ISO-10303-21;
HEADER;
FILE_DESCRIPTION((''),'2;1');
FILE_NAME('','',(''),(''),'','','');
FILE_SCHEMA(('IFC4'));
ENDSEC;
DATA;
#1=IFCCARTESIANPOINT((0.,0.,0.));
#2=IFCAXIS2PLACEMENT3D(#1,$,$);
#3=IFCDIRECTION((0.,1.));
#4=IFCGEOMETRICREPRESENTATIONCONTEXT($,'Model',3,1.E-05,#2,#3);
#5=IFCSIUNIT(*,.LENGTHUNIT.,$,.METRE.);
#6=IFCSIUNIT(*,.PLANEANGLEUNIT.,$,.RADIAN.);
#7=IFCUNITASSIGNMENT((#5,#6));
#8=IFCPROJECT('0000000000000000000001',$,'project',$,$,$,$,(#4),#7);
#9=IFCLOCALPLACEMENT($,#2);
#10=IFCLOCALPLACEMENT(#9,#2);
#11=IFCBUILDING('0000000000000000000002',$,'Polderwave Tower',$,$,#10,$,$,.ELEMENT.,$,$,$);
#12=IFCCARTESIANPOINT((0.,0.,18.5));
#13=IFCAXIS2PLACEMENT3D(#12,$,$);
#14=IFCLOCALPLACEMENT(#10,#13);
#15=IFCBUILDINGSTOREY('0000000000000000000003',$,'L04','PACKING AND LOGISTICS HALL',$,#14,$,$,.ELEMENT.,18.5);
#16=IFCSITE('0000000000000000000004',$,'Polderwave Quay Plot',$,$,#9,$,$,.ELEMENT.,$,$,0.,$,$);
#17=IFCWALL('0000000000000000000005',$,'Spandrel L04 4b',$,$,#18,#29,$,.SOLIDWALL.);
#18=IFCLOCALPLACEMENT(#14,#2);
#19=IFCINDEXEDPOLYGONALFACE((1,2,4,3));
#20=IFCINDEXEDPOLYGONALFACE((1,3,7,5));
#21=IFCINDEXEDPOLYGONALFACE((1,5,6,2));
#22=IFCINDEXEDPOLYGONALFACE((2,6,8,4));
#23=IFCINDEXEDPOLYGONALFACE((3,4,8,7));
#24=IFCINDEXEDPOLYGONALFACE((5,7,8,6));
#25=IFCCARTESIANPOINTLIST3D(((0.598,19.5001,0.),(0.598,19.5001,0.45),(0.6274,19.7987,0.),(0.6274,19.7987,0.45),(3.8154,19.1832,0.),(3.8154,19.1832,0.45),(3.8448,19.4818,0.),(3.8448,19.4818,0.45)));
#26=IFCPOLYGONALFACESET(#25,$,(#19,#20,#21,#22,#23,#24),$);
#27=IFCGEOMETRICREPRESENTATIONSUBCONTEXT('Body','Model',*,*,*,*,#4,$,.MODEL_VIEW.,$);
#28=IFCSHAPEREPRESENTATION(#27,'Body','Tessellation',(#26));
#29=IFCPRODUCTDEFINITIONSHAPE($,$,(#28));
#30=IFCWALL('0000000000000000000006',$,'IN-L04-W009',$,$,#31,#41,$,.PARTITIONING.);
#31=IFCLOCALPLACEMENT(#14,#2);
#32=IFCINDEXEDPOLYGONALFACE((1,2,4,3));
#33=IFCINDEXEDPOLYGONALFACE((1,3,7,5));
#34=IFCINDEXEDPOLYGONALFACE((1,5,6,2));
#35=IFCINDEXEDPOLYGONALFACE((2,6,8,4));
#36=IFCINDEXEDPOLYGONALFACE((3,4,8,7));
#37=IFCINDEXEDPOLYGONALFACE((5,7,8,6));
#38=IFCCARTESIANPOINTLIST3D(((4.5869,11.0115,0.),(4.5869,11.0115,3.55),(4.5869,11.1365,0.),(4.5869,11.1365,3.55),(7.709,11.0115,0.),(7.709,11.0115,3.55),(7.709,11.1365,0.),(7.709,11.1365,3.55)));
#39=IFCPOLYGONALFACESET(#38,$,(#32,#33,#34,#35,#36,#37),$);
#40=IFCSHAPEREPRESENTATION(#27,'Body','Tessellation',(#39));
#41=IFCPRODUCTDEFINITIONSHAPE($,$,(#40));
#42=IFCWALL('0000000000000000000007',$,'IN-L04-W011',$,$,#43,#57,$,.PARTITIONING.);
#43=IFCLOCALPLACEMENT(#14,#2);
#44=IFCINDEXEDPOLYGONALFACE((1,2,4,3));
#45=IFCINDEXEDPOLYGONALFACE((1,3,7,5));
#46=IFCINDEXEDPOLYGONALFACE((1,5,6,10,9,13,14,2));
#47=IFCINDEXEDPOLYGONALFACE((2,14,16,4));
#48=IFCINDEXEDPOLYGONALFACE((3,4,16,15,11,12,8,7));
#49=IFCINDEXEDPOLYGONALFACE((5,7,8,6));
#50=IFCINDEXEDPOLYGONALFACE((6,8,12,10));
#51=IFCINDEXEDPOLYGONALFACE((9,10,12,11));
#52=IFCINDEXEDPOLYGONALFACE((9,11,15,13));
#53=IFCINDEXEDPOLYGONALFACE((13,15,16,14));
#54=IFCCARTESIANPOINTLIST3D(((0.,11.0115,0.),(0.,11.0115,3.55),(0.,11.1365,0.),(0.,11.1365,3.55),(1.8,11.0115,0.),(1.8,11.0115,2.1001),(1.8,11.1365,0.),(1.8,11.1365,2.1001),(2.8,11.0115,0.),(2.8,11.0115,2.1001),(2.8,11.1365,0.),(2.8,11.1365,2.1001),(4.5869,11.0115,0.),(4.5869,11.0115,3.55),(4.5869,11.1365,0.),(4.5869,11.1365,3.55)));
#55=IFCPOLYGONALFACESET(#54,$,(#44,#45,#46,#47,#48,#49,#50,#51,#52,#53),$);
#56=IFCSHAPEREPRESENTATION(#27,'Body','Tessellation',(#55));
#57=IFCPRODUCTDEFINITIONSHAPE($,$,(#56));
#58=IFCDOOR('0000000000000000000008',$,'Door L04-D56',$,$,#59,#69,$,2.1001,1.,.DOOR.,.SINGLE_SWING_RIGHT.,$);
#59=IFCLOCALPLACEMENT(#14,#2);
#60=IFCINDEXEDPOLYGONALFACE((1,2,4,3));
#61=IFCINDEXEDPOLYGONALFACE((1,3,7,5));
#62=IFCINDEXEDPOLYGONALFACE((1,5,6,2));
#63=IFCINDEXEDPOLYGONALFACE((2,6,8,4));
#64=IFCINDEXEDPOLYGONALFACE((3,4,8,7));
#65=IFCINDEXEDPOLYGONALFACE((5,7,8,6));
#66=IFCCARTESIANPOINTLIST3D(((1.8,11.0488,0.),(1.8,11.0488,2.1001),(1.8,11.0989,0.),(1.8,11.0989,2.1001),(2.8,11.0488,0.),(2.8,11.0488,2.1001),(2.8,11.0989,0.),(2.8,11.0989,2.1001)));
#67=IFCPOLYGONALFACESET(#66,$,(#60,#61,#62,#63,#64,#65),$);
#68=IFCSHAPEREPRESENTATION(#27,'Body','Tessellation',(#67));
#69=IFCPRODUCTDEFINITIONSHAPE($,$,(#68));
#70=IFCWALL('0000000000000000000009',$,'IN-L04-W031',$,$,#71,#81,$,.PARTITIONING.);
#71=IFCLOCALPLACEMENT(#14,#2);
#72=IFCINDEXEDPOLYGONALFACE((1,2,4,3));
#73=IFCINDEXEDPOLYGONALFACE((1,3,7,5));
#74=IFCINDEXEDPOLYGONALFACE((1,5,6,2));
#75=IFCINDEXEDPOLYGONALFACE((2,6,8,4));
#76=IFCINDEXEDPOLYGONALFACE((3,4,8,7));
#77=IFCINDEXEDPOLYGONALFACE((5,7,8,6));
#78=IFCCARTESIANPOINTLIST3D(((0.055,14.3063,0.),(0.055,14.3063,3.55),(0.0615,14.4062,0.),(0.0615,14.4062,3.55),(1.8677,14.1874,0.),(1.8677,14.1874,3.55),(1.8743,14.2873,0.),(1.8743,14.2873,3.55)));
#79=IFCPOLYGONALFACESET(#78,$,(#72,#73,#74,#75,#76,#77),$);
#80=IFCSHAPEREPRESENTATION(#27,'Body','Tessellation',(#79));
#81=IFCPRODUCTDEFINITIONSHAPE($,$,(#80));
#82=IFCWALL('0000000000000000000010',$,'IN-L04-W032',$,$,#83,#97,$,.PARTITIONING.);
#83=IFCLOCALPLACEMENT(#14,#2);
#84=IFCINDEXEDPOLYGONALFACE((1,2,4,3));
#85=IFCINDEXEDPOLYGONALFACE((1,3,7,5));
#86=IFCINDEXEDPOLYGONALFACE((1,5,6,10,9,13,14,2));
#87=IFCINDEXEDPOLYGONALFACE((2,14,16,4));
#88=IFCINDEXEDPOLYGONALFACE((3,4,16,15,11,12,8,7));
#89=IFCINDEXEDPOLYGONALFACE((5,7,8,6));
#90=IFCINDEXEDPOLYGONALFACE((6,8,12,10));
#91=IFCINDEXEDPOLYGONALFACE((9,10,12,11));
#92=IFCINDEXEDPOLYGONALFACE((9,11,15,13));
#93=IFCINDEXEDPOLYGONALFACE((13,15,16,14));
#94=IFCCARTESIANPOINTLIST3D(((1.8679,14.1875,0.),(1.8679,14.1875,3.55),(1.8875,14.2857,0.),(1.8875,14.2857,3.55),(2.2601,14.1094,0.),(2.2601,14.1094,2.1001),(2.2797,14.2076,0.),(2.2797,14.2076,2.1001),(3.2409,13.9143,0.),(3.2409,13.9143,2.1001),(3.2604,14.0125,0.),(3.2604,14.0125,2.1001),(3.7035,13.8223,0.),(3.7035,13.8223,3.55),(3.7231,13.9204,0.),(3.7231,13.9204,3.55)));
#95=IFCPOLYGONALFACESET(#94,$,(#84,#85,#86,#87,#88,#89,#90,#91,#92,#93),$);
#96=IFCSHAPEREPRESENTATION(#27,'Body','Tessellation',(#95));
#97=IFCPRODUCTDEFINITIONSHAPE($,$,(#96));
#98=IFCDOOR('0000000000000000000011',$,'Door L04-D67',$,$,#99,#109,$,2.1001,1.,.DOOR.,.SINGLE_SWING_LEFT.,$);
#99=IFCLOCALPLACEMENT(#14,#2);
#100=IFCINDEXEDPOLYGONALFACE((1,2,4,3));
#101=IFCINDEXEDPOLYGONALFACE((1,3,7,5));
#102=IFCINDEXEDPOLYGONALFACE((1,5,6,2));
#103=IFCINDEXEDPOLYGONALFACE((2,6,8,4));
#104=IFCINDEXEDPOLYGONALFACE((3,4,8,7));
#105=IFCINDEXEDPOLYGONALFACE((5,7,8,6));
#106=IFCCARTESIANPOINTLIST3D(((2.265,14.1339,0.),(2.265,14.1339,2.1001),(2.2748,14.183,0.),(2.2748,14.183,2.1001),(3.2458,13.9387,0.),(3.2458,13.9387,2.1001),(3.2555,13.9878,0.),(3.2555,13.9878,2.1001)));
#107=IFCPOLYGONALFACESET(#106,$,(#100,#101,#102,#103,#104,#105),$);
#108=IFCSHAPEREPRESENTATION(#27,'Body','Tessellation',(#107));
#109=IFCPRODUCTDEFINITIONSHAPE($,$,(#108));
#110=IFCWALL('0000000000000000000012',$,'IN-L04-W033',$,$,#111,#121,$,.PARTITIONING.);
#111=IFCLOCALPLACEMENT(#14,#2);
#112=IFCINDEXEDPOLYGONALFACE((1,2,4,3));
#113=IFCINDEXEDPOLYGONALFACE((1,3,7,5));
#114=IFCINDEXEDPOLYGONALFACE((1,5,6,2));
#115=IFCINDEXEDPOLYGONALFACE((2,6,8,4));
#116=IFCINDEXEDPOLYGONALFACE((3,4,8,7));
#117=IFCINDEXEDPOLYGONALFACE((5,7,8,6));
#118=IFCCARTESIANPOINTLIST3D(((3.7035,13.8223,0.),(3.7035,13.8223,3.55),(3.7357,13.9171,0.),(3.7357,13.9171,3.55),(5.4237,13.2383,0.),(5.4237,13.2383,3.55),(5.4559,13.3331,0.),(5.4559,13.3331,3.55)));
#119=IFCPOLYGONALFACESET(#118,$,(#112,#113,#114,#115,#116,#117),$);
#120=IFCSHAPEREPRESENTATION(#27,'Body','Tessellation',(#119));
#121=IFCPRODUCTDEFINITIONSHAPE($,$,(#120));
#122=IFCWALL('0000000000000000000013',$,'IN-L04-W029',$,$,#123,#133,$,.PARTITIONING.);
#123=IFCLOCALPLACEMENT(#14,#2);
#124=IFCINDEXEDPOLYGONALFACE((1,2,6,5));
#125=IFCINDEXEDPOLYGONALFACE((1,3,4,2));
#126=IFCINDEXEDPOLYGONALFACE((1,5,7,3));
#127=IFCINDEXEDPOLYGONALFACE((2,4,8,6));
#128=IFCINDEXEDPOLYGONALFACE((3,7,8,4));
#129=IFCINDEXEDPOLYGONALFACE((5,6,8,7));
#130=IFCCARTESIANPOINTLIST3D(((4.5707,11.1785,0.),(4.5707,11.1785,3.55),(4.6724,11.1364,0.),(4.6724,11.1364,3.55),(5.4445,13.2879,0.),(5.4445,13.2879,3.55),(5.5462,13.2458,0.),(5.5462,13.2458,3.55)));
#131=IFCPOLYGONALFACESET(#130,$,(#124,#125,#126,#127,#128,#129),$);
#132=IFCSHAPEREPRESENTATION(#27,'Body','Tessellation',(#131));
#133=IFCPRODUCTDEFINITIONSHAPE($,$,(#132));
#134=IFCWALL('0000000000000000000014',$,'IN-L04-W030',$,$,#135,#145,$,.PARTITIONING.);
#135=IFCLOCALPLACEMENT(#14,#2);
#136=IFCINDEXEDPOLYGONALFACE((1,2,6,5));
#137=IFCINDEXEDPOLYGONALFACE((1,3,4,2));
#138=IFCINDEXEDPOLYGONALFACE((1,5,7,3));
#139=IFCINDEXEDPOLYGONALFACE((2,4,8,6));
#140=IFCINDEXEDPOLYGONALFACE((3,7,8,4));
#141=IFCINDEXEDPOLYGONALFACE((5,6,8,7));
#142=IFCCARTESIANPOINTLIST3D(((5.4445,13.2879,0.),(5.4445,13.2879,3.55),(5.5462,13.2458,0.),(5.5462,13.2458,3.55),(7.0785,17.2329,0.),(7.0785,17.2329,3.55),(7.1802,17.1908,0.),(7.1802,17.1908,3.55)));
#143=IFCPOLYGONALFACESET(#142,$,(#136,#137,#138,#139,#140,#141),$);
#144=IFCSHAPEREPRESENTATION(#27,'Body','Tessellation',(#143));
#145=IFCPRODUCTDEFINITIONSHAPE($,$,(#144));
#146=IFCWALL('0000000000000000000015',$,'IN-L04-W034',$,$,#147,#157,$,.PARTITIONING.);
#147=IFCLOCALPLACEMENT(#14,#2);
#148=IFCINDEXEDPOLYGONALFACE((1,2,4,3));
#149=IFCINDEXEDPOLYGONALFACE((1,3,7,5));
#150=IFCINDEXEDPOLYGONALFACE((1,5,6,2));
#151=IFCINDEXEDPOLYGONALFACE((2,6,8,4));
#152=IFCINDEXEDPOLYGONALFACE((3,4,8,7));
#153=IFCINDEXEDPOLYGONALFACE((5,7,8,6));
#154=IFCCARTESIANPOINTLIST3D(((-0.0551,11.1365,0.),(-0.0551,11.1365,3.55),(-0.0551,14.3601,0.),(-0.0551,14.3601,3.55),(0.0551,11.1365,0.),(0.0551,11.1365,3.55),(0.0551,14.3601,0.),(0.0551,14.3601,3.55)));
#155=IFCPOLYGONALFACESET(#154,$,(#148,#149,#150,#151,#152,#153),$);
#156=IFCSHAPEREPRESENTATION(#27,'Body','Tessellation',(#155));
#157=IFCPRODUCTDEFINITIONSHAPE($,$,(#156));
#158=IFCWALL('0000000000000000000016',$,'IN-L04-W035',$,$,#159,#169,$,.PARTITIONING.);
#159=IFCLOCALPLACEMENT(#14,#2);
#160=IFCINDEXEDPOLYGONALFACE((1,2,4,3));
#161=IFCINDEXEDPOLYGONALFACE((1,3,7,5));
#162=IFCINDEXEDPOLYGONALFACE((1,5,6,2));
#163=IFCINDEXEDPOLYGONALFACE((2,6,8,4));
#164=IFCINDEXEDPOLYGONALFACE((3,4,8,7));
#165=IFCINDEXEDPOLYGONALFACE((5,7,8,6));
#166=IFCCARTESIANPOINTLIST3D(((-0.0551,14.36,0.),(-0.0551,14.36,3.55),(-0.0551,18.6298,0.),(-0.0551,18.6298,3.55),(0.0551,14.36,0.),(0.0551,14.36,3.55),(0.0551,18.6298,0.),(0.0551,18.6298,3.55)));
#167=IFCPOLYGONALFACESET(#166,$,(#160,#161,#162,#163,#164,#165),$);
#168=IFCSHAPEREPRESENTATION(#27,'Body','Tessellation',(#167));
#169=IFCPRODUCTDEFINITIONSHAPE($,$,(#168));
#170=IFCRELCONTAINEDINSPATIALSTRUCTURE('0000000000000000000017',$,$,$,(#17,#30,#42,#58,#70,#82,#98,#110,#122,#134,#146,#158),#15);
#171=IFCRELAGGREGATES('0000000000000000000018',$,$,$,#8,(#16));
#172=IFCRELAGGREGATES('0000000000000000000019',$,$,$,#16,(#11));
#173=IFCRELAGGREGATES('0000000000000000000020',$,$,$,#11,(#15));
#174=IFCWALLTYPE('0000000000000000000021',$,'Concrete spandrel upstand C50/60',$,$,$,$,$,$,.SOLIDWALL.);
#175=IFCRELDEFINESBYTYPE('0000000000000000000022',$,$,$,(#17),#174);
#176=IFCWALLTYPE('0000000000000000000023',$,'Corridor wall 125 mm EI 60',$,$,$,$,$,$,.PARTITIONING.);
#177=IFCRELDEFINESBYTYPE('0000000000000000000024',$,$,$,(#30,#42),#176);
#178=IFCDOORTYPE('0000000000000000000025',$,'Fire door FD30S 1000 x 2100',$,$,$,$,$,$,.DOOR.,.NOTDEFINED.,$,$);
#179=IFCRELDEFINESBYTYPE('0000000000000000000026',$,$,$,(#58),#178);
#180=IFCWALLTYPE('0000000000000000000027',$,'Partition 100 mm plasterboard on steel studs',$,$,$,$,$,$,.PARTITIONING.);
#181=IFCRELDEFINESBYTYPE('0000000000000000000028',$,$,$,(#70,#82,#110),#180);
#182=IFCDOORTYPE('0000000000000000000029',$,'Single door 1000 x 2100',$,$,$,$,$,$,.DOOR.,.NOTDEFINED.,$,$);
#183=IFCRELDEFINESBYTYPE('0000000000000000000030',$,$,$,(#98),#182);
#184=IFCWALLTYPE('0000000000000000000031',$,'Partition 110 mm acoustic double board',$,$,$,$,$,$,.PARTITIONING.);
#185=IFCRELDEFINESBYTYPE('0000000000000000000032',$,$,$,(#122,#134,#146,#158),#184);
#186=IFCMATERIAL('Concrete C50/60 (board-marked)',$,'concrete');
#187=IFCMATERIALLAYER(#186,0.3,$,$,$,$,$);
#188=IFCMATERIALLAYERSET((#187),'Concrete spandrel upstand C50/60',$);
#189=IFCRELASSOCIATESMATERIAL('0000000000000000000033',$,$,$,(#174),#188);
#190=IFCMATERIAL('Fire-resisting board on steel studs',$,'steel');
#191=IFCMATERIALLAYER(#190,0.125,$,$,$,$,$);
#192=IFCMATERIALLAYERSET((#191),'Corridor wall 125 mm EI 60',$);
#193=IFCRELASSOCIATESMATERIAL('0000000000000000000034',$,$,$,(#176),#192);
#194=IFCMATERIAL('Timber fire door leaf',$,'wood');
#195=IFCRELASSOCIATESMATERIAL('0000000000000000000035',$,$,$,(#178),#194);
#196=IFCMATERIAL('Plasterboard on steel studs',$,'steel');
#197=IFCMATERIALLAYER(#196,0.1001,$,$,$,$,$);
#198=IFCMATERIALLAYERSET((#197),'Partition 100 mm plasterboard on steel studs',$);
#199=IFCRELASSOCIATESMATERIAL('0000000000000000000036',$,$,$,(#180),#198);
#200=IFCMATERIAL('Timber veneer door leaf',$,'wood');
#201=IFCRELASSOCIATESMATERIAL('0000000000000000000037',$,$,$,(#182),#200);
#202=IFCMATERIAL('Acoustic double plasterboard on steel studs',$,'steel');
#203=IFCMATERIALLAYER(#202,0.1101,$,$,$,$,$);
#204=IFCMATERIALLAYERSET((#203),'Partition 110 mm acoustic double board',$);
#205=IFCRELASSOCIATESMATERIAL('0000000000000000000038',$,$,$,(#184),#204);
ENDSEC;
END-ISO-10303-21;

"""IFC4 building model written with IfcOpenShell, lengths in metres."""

from ifc_helpers import new_model, si_unit, direction, frame, frame_2d, origin, place, context, subcontext, project, spatial, rectangle, extrude, material, layer, layer_set, type_object, element, fill, save


model = new_model("IFC4")

# Units and contexts
model_context = context("Model", 3, precision=1e-05, world=origin(), true_north=direction((0.0, 1.0)))
body_context = subcontext(model_context, "Body", "Model", "MODEL_VIEW")
ifc_project = project(units=[si_unit("LENGTHUNIT", "METRE"), si_unit("PLANEANGLEUNIT", "RADIAN")], contexts=[model_context])

# Site, building, storey
site_placement = place(None, origin())
site = spatial("IfcSite", under=ifc_project, at=site_placement, Name="Polderwave Quay Plot", CompositionType="ELEMENT", RefElevation=0.0)
building_placement = place(site_placement, origin())
building = spatial("IfcBuilding", under=site, at=building_placement, Name="Polderwave Tower", CompositionType="ELEMENT")
storey_placement = place(building_placement, frame((0.0, 0.0, 18.5)))
storey = spatial("IfcBuildingStorey", under=building, at=storey_placement, Name="L04", Description="PACKING AND LOGISTICS HALL", CompositionType="ELEMENT", Elevation=18.5)

# Walls
ifc_material_1 = material(Name="Concrete C50/60 (board-marked)", Category="concrete")
ifc_layer_1 = layer(ifc_material_1, 0.3)
ifc_layer_set_1 = layer_set([ifc_layer_1], Name="Concrete spandrel upstand C50/60")
wall_type_1 = type_object("IfcWallType", Name="Concrete spandrel upstand C50/60", PredefinedType="SOLIDWALL", material=ifc_layer_set_1)
wall_1_placement = place(storey_placement, frame((3.8301, 19.3325, 0.0), z_axis=(0.0, 0.0, 1.0), x_axis=(-0.995184, 0.098023, 0.0)))
element("IfcWall", 1, at=wall_1_placement, inside=storey, type_object=wall_type_1, Name="Spandrel L04 4b", PredefinedType="SOLIDWALL", context=body_context, shape_type="SweptSolid", body=[
    extrude(rectangle(XDim=3.2329, YDim=0.3, at=frame_2d((1.6165, 0.0))), origin(), (0.0, 0.0, 1.0), 0.45),
])
ifc_material_2 = material(Name="Fire-resisting board on steel studs", Category="steel")
ifc_layer_2 = layer(ifc_material_2, 0.125)
ifc_layer_set_2 = layer_set([ifc_layer_2], Name="Corridor wall 125 mm EI 60")
wall_type_2 = type_object("IfcWallType", Name="Corridor wall 125 mm EI 60", PredefinedType="PARTITIONING", material=ifc_layer_set_2)
wall_2_placement = place(storey_placement, frame((4.5869, 11.074, 0.0), z_axis=(0.0, 0.0, 1.0), x_axis=(1.0, 0.0, 0.0)))
element("IfcWall", 2, at=wall_2_placement, inside=storey, type_object=wall_type_2, Name="IN-L04-W009", PredefinedType="PARTITIONING", context=body_context, shape_type="SweptSolid", body=[
    extrude(rectangle(XDim=3.1221, YDim=0.125, at=frame_2d((1.561, 0.0))), origin(), (0.0, 0.0, 1.0), 3.55),
])

# Wall, opening, door
wall_3_placement = place(storey_placement, frame((0.0, 11.074, 0.0), z_axis=(0.0, 0.0, 1.0), x_axis=(1.0, 0.0, 0.0)))
wall_3 = element("IfcWall", 3, at=wall_3_placement, inside=storey, type_object=wall_type_2, Name="IN-L04-W011", PredefinedType="PARTITIONING", context=body_context, shape_type="SweptSolid", body=[
    extrude(rectangle(XDim=4.5869, YDim=0.125, at=frame_2d((2.2935, 0.0))), origin(), (0.0, 0.0, 1.0), 3.55),
])
opening_1_placement = place(wall_3_placement, frame((1.8, 0.0, 0.0)))
opening_1 = element("IfcOpeningElement", 4, at=opening_1_placement, cuts=wall_3, PredefinedType="OPENING", context=body_context, shape_type="SweptSolid", body=[
    extrude(rectangle(XDim=1.0, YDim=2.1001, at=frame_2d((0.5, 1.05))), frame((0.0, 0.0725, 0.0), z_axis=(0.0, -1.0, 0.0), x_axis=(1.0, 0.0, 0.0)), (0.0, 0.0, 1.0), 0.145),
])
ifc_material_3 = material(Name="Timber fire door leaf", Category="wood")
door_type_1 = type_object("IfcDoorType", Name="Fire door FD30S 1000 x 2100", OperationType="NOTDEFINED", PredefinedType="DOOR", material=ifc_material_3)
door_1_placement = place(opening_1_placement, origin())
door_1 = element("IfcDoor", 5, at=door_1_placement, inside=storey, type_object=door_type_1, Name="Door L04-D56", OperationType="SINGLE_SWING_RIGHT", OverallHeight=2.1001, OverallWidth=1.0, PredefinedType="DOOR", context=body_context, shape_type="SweptSolid", body=[
    extrude(rectangle(XDim=1.0, YDim=2.1001, at=frame_2d((0.5, 1.05))), frame((0.0, 0.0249, 0.0), z_axis=(0.0, -1.0, 0.0), x_axis=(1.0, 0.0, 0.0)), (0.0, 0.0, 1.0), 0.05),
])
fill(opening_1, door_1)

# Wall
ifc_material_4 = material(Name="Plasterboard on steel studs", Category="steel")
ifc_layer_3 = layer(ifc_material_4, 0.1001)
ifc_layer_set_3 = layer_set([ifc_layer_3], Name="Partition 100 mm plasterboard on steel studs")
wall_type_3 = type_object("IfcWallType", Name="Partition 100 mm plasterboard on steel studs", PredefinedType="PARTITIONING", material=ifc_layer_set_3)
wall_4_placement = place(storey_placement, frame((0.0583, 14.3562, 0.0), z_axis=(0.0, 0.0, 1.0), x_axis=(0.997856, -0.065449, 0.0)))
element("IfcWall", 6, at=wall_4_placement, inside=storey, type_object=wall_type_3, Name="IN-L04-W031", PredefinedType="PARTITIONING", context=body_context, shape_type="SweptSolid", body=[
    extrude(rectangle(XDim=1.8167, YDim=0.1001, at=frame_2d((0.9082, 0.0))), origin(), (0.0, 0.0, 1.0), 3.55),
])

# Wall, opening, door
wall_5_placement = place(storey_placement, frame((1.8777, 14.2366, 0.0), z_axis=(0.0, 0.0, 1.0), x_axis=(0.980776, -0.195138, 0.0)))
wall_5 = element("IfcWall", 7, at=wall_5_placement, inside=storey, type_object=wall_type_3, Name="IN-L04-W032", PredefinedType="PARTITIONING", context=body_context, shape_type="SweptSolid", body=[
    extrude(rectangle(XDim=1.8716, YDim=0.1001, at=frame_2d((0.9358, 0.0))), origin(), (0.0, 0.0, 1.0), 3.55),
])
opening_2_placement = place(wall_5_placement, frame((0.3999, 0.0, 0.0)))
opening_2 = element("IfcOpeningElement", 8, at=opening_2_placement, cuts=wall_5, PredefinedType="OPENING", context=body_context, shape_type="SweptSolid", body=[
    extrude(rectangle(XDim=1.0, YDim=2.1001, at=frame_2d((0.5, 1.05))), frame((0.0, 0.0601, 0.0), z_axis=(0.0, -1.0, 0.0), x_axis=(1.0, 0.0, 0.0)), (0.0, 0.0, 1.0), 0.1201),
])
ifc_material_5 = material(Name="Timber veneer door leaf", Category="wood")
door_type_2 = type_object("IfcDoorType", Name="Single door 1000 x 2100", OperationType="NOTDEFINED", PredefinedType="DOOR", material=ifc_material_5)
door_2_placement = place(opening_2_placement, origin())
door_2 = element("IfcDoor", 9, at=door_2_placement, inside=storey, type_object=door_type_2, Name="Door L04-D67", OperationType="SINGLE_SWING_LEFT", OverallHeight=2.1001, OverallWidth=1.0, PredefinedType="DOOR", context=body_context, shape_type="SweptSolid", body=[
    extrude(rectangle(XDim=1.0, YDim=2.1001, at=frame_2d((0.5, 1.05))), frame((0.0, 0.0249, 0.0), z_axis=(0.0, -1.0, 0.0), x_axis=(1.0, 0.0, 0.0)), (0.0, 0.0, 1.0), 0.05),
])
fill(opening_2, door_2)

# Walls
wall_6_placement = place(storey_placement, frame((3.7197, 13.8696, 0.0), z_axis=(0.0, 0.0, 1.0), x_axis=(0.946922, -0.321464, 0.0)))
element("IfcWall", 10, at=wall_6_placement, inside=storey, type_object=wall_type_3, Name="IN-L04-W033", PredefinedType="PARTITIONING", context=body_context, shape_type="SweptSolid", body=[
    extrude(rectangle(XDim=1.8167, YDim=0.1001, at=frame_2d((0.9082, 0.0))), origin(), (0.0, 0.0, 1.0), 3.55),
])
ifc_material_6 = material(Name="Acoustic double plasterboard on steel studs", Category="steel")
ifc_layer_4 = layer(ifc_material_6, 0.1101)
ifc_layer_set_4 = layer_set([ifc_layer_4], Name="Partition 110 mm acoustic double board")
wall_type_4 = type_object("IfcWallType", Name="Partition 110 mm acoustic double board", PredefinedType="PARTITIONING", material=ifc_layer_set_4)
wall_7_placement = place(storey_placement, frame((4.6216, 11.1575, 0.0), z_axis=(0.0, 0.0, 1.0), x_axis=(0.382701, 0.923872, 0.0)))
element("IfcWall", 11, at=wall_7_placement, inside=storey, type_object=wall_type_4, Name="IN-L04-W029", PredefinedType="PARTITIONING", context=body_context, shape_type="SweptSolid", body=[
    extrude(rectangle(XDim=2.2832, YDim=0.1101, at=frame_2d((1.1416, 0.0))), origin(), (0.0, 0.0, 1.0), 3.55),
])
wall_8_placement = place(storey_placement, frame((5.4954, 13.2668, 0.0), z_axis=(0.0, 0.0, 1.0), x_axis=(0.38267, 0.923885, 0.0)))
element("IfcWall", 12, at=wall_8_placement, inside=storey, type_object=wall_type_4, Name="IN-L04-W030", PredefinedType="PARTITIONING", context=body_context, shape_type="SweptSolid", body=[
    extrude(rectangle(XDim=4.27, YDim=0.1101, at=frame_2d((2.135, 0.0))), origin(), (0.0, 0.0, 1.0), 3.55),
])
wall_9_placement = place(storey_placement, frame((0.0, 11.1365, 0.0), z_axis=(0.0, 0.0, 1.0), x_axis=(0.0, 1.0, 0.0)))
element("IfcWall", 13, at=wall_9_placement, inside=storey, type_object=wall_type_4, Name="IN-L04-W034", PredefinedType="PARTITIONING", context=body_context, shape_type="SweptSolid", body=[
    extrude(rectangle(XDim=3.2236, YDim=0.1101, at=frame_2d((1.6118, 0.0))), origin(), (0.0, 0.0, 1.0), 3.55),
])
wall_10_placement = place(storey_placement, frame((0.0, 14.3601, 0.0), z_axis=(0.0, 0.0, 1.0), x_axis=(0.0, 1.0, 0.0)))
element("IfcWall", 14, at=wall_10_placement, inside=storey, type_object=wall_type_4, Name="IN-L04-W035", PredefinedType="PARTITIONING", context=body_context, shape_type="SweptSolid", body=[
    extrude(rectangle(XDim=4.2698, YDim=0.1101, at=frame_2d((2.1348, 0.0))), origin(), (0.0, 0.0, 1.0), 3.55),
])

save(model, "model.ifc")
